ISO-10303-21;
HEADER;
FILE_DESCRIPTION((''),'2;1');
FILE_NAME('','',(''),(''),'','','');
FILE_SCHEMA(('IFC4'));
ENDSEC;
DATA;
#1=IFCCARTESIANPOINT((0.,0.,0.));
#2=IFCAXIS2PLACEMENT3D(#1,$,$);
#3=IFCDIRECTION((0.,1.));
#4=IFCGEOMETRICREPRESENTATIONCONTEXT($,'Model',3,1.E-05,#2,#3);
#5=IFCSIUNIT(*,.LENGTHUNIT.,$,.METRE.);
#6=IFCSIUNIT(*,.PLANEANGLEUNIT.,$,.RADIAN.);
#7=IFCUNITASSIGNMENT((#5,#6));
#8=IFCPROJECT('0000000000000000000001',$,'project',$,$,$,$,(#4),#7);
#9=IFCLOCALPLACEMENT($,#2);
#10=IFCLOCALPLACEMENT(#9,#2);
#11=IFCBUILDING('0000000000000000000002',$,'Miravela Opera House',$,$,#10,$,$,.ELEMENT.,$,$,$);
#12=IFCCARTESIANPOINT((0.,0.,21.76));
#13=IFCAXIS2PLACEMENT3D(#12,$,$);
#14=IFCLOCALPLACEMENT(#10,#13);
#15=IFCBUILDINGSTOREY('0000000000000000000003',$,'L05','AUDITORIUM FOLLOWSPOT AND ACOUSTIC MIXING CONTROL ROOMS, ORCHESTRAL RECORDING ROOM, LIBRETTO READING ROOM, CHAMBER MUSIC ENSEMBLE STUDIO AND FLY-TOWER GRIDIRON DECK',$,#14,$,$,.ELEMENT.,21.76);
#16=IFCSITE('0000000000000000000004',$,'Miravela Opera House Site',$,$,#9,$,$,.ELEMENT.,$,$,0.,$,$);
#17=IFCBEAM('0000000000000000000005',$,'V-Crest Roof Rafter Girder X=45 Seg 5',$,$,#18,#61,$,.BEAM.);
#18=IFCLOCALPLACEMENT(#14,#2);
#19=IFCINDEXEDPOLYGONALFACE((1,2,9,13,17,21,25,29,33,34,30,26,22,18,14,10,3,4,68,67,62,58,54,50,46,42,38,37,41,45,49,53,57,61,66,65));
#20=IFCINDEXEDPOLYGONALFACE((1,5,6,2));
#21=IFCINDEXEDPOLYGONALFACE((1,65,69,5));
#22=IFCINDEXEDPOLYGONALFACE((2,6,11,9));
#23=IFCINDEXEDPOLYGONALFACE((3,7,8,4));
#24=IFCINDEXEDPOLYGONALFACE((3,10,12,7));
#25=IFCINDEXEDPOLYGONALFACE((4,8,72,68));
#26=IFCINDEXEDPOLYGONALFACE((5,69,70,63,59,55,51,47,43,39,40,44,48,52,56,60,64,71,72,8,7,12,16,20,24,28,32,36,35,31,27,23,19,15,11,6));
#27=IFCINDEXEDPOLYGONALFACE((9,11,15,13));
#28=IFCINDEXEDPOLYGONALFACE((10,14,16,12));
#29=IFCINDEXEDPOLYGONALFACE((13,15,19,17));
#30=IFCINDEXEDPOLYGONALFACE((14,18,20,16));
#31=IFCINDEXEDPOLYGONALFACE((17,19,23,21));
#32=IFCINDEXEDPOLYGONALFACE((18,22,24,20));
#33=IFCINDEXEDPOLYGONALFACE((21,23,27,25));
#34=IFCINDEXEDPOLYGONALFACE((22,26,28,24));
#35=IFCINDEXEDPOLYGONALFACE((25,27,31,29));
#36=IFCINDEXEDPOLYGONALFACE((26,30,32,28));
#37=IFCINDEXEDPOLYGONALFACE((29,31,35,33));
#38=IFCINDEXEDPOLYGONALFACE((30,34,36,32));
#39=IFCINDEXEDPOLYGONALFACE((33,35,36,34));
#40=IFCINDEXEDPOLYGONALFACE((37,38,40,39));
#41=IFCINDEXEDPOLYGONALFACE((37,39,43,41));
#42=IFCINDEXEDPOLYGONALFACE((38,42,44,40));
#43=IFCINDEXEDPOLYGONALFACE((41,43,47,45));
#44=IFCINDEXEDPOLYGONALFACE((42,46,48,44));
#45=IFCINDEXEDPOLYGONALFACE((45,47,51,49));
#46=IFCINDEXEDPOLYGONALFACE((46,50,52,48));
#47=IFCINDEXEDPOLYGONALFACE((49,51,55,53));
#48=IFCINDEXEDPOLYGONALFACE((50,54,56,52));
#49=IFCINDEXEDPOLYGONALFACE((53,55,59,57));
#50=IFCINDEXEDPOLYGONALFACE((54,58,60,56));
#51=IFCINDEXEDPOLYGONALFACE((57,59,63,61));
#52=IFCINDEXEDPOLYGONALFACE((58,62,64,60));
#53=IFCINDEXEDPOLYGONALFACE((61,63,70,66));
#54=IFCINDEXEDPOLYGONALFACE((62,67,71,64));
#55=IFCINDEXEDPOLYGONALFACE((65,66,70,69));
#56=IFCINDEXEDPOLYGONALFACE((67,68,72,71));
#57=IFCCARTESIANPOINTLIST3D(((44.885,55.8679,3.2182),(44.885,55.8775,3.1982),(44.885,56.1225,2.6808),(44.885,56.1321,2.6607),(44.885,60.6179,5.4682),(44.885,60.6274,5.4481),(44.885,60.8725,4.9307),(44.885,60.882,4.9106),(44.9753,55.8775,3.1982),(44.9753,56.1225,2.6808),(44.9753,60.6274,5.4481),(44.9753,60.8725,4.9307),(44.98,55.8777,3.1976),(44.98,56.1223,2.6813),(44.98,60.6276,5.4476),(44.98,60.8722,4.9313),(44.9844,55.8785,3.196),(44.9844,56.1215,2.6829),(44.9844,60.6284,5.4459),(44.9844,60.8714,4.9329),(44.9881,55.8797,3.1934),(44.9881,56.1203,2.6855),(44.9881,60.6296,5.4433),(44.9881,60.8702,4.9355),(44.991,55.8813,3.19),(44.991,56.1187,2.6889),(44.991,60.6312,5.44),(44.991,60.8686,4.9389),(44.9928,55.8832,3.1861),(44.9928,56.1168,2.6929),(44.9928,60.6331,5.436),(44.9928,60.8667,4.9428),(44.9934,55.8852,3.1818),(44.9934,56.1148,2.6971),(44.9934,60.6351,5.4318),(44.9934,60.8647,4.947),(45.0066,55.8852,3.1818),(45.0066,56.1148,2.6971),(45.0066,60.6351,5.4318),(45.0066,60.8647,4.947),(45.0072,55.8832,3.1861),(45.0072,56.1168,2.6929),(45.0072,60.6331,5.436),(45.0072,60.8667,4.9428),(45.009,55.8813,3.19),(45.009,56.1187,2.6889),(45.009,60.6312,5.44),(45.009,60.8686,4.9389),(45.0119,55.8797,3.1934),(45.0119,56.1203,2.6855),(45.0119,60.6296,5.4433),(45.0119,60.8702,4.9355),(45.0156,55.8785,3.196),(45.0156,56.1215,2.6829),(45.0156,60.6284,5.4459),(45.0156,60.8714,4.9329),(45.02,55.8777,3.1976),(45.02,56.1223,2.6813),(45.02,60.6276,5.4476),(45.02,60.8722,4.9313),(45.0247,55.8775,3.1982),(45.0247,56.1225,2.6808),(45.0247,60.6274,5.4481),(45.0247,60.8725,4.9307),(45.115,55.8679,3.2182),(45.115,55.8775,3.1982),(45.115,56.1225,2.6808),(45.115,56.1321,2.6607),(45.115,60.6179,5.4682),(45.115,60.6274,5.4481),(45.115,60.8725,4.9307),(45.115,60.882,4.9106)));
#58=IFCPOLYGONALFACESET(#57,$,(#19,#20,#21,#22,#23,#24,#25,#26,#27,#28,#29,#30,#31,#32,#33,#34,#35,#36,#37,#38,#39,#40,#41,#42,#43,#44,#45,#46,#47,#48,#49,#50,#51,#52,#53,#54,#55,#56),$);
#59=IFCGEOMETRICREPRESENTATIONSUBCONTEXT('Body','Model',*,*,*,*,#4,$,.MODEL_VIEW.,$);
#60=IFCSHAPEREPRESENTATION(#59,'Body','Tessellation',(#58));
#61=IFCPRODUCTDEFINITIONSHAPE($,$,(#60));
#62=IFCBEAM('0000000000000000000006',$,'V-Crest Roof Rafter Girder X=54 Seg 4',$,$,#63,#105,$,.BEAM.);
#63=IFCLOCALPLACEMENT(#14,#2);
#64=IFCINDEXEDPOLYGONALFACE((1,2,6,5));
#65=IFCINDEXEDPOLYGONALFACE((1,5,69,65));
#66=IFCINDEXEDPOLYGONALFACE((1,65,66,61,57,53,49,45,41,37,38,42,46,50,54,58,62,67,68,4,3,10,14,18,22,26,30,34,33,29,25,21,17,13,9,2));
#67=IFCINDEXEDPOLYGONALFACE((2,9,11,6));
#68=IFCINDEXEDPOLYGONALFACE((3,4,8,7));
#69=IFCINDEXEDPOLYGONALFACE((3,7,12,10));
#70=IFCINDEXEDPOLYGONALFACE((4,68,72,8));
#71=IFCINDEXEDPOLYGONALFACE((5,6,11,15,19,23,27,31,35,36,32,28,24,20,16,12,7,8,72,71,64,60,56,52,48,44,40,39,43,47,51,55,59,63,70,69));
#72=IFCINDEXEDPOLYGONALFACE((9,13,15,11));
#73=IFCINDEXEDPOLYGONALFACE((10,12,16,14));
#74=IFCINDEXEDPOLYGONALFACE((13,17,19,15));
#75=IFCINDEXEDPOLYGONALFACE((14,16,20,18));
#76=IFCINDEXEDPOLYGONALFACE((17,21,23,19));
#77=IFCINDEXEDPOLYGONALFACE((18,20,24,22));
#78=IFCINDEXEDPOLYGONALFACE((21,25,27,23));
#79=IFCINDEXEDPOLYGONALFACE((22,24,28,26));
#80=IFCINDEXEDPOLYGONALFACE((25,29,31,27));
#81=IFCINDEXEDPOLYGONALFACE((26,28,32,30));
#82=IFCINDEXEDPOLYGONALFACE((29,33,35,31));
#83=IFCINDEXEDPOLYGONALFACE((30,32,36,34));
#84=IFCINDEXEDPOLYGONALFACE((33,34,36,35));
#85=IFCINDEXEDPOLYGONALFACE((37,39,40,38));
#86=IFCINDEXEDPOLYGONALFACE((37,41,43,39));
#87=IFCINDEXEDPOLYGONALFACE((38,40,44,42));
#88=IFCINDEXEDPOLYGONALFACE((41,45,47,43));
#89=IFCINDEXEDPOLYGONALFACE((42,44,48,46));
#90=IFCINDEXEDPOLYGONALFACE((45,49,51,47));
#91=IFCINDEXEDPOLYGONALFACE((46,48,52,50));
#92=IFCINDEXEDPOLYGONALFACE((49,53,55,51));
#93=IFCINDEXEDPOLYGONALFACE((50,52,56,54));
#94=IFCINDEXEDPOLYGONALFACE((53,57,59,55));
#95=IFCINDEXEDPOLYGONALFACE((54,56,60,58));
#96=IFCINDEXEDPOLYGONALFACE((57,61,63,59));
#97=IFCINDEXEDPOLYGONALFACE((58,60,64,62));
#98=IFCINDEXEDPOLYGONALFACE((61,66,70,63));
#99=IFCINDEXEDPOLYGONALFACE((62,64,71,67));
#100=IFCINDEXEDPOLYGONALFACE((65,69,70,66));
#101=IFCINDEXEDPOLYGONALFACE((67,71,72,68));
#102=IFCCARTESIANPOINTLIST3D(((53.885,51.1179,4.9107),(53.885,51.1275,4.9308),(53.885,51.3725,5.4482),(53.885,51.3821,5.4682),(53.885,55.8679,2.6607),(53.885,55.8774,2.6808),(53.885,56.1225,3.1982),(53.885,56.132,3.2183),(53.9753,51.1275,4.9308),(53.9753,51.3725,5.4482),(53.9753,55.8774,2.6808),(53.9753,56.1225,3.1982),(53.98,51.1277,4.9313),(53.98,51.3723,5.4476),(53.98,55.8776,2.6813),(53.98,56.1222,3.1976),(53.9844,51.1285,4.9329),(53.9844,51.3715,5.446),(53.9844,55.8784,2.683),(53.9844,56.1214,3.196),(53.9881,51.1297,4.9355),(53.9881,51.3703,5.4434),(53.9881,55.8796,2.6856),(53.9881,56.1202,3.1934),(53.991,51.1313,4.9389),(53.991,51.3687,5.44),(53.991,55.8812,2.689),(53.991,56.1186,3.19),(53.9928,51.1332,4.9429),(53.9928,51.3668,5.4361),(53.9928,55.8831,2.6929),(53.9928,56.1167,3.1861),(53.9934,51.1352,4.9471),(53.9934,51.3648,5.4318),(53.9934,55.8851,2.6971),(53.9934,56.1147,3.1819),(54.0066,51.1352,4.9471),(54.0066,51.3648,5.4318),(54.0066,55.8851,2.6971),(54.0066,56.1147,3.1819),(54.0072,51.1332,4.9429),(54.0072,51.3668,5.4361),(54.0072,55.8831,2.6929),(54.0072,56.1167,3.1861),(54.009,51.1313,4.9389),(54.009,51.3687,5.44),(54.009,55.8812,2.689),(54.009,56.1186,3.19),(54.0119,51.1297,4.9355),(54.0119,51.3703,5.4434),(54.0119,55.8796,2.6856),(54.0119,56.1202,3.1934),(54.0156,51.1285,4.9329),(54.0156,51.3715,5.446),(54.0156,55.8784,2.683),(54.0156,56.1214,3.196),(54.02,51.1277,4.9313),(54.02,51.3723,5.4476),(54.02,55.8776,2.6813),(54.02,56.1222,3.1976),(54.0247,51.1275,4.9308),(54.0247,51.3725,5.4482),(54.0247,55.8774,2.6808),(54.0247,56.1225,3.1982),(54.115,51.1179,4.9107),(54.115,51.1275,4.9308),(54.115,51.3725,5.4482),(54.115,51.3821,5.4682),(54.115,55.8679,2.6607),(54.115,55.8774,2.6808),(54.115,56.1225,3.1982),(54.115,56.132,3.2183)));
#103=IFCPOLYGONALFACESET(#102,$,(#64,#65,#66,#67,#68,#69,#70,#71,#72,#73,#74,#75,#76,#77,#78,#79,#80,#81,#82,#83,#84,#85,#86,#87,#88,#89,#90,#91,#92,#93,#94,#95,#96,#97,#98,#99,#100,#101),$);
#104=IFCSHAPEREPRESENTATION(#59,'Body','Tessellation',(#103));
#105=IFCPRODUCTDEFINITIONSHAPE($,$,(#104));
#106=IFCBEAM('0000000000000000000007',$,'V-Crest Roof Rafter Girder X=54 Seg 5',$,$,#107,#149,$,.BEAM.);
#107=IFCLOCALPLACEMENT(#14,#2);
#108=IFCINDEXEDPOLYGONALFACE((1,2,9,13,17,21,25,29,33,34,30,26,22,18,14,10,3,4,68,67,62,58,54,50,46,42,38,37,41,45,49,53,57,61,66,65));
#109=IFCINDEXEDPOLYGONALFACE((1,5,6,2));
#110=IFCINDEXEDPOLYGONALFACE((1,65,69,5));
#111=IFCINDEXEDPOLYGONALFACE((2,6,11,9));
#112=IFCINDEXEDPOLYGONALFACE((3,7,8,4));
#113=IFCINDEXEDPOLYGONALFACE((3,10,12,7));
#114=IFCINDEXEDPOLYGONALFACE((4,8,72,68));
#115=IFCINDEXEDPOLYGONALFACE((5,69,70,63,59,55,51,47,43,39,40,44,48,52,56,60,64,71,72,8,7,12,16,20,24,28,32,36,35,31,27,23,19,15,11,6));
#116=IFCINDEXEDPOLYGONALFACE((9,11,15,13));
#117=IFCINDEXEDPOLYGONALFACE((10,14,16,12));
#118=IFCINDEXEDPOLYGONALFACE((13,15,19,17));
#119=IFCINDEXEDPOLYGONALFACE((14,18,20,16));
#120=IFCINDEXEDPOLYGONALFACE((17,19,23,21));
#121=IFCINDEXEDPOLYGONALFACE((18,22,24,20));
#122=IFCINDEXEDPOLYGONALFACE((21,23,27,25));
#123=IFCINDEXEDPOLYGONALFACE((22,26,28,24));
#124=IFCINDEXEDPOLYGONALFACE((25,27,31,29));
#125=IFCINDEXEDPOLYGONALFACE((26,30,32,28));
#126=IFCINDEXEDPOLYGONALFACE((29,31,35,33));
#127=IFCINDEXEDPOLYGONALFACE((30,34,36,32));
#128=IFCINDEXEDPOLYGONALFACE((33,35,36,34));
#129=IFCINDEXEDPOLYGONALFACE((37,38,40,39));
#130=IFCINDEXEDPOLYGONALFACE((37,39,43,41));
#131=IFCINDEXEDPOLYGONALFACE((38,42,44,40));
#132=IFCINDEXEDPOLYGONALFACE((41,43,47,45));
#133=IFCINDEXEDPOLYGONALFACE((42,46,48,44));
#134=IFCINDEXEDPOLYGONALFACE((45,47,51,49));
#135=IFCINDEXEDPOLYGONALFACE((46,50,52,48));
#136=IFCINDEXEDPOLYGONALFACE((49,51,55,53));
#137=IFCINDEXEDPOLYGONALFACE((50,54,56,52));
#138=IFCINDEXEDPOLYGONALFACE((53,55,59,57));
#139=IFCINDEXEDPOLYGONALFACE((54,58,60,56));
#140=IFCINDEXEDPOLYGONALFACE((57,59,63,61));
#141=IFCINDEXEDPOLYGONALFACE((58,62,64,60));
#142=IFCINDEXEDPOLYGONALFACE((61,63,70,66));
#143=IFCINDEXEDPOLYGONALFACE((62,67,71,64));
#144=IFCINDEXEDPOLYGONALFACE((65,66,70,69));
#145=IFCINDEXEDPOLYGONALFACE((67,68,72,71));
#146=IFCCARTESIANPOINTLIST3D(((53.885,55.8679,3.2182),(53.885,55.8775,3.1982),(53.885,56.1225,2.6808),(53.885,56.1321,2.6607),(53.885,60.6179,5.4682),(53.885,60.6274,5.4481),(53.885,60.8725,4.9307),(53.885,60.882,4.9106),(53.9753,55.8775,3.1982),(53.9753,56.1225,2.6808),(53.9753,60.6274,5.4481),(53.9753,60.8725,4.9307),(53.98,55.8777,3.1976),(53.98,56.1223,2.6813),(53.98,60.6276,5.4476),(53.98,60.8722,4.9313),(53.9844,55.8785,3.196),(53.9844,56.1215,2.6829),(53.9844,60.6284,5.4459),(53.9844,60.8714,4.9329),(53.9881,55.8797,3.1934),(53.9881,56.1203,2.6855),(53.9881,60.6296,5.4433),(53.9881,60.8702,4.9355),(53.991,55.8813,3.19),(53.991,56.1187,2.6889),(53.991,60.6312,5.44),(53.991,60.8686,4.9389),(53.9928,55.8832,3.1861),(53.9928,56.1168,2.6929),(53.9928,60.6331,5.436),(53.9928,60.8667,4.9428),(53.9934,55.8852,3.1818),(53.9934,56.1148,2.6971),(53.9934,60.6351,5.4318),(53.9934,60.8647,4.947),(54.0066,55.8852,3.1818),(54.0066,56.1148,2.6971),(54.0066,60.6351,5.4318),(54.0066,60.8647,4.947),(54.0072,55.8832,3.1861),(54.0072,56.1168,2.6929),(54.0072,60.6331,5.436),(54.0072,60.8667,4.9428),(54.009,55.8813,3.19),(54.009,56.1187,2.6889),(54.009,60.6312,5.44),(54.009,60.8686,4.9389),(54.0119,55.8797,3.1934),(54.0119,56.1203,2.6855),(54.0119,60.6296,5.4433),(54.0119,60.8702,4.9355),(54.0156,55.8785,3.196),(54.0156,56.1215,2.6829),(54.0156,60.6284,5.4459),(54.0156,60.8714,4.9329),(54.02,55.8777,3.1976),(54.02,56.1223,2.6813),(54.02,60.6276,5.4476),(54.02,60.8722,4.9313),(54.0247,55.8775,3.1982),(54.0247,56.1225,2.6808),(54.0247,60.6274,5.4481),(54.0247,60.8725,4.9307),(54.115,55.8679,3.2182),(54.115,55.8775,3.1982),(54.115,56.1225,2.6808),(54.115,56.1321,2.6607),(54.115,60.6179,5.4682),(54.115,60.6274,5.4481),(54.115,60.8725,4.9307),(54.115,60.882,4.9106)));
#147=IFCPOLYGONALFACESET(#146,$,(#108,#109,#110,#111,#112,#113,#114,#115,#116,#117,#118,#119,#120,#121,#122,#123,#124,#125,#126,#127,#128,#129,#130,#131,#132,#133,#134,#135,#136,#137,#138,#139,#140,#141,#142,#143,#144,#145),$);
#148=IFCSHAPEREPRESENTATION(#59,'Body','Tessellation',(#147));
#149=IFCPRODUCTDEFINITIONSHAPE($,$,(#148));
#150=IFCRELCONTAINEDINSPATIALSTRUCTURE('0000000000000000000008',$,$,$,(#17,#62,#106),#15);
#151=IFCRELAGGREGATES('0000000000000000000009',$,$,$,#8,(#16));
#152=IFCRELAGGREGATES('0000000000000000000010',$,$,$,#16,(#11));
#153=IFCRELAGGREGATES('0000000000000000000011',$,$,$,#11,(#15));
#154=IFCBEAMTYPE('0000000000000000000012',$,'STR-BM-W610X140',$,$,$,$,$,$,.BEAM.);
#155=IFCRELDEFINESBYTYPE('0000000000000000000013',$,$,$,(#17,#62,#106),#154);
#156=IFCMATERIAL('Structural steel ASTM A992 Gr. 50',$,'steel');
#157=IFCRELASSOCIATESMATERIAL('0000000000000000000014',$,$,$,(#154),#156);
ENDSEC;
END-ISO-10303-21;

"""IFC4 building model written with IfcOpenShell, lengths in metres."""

from ifc_helpers import new_model, si_unit, direction, frame, origin, origin_2d, place, context, subcontext, project, spatial, i_section, extrude, material, material_profile, profile_set, type_object, element, save


model = new_model("IFC4")

# Units and contexts
model_context = context("Model", 3, precision=1e-05, world=origin(), true_north=direction((0.0, 1.0)))
body_context = subcontext(model_context, "Body", "Model", "MODEL_VIEW")
ifc_project = project(units=[si_unit("LENGTHUNIT", "METRE"), si_unit("PLANEANGLEUNIT", "RADIAN")], contexts=[model_context])

# Site, building, storey
site_placement = place(None, origin())
site = spatial("IfcSite", under=ifc_project, at=site_placement, Name="Miravela Opera House Site", CompositionType="ELEMENT", RefElevation=0.0)
building_placement = place(site_placement, origin())
building = spatial("IfcBuilding", under=site, at=building_placement, Name="Miravela Opera House", CompositionType="ELEMENT")
storey_placement = place(building_placement, frame((0.0, 0.0, 21.76)))
storey = spatial("IfcBuildingStorey", under=building, at=storey_placement, Name="L05", Description="AUDITORIUM FOLLOWSPOT AND ACOUSTIC MIXING CONTROL ROOMS, ORCHESTRAL RECORDING ROOM, LIBRETTO READING ROOM, CHAMBER MUSIC ENSEMBLE STUDIO AND FLY-TOWER GRIDIRON DECK", CompositionType="ELEMENT", Elevation=21.76)

# Beams
ifc_material_1 = material(Name="Structural steel ASTM A992 Gr. 50", Category="steel")
ifc_material_profile_1 = material_profile(ifc_material_1, i_section(OverallWidth=0.23, OverallDepth=0.6169, WebThickness=0.0132, FlangeThickness=0.0222, FilletRadius=0.0181, at=origin_2d()), Name="W610X140")
ifc_profile_set_1 = profile_set([ifc_material_profile_1])
beam_type_1 = type_object("IfcBeamType", Name="STR-BM-W610X140", PredefinedType="BEAM", material=ifc_profile_set_1)
for number, where, z_axis, x_axis, name in (
    (1, (45.0, 56.0, 2.9395), (0.0, 0.903738, 0.428086), (-1.0, 0.0, 0.0), "V-Crest Roof Rafter Girder X=45 Seg 5"),
    (2, (54.0, 51.25, 5.1895), (0.0, 0.903738, -0.428086), (-1.0, 0.0, 0.0), "V-Crest Roof Rafter Girder X=54 Seg 4"),
    (3, (54.0, 56.0, 2.9395), (0.0, 0.903738, 0.428086), (-1.0, 0.0, 0.0), "V-Crest Roof Rafter Girder X=54 Seg 5"),
):
    element("IfcBeam", number, at=place(storey_placement, frame(where, z_axis=z_axis, x_axis=x_axis)), inside=storey, type_object=beam_type_1, Name=name, PredefinedType="BEAM", context=body_context, shape_type="SweptSolid", body=[
        extrude(i_section(OverallWidth=0.23, OverallDepth=0.6169, WebThickness=0.0132, FlangeThickness=0.0222, FilletRadius=0.0181, at=origin_2d()), origin(), (0.0, 0.0, 1.0), 5.2559),
    ])

save(model, "model.ifc")
